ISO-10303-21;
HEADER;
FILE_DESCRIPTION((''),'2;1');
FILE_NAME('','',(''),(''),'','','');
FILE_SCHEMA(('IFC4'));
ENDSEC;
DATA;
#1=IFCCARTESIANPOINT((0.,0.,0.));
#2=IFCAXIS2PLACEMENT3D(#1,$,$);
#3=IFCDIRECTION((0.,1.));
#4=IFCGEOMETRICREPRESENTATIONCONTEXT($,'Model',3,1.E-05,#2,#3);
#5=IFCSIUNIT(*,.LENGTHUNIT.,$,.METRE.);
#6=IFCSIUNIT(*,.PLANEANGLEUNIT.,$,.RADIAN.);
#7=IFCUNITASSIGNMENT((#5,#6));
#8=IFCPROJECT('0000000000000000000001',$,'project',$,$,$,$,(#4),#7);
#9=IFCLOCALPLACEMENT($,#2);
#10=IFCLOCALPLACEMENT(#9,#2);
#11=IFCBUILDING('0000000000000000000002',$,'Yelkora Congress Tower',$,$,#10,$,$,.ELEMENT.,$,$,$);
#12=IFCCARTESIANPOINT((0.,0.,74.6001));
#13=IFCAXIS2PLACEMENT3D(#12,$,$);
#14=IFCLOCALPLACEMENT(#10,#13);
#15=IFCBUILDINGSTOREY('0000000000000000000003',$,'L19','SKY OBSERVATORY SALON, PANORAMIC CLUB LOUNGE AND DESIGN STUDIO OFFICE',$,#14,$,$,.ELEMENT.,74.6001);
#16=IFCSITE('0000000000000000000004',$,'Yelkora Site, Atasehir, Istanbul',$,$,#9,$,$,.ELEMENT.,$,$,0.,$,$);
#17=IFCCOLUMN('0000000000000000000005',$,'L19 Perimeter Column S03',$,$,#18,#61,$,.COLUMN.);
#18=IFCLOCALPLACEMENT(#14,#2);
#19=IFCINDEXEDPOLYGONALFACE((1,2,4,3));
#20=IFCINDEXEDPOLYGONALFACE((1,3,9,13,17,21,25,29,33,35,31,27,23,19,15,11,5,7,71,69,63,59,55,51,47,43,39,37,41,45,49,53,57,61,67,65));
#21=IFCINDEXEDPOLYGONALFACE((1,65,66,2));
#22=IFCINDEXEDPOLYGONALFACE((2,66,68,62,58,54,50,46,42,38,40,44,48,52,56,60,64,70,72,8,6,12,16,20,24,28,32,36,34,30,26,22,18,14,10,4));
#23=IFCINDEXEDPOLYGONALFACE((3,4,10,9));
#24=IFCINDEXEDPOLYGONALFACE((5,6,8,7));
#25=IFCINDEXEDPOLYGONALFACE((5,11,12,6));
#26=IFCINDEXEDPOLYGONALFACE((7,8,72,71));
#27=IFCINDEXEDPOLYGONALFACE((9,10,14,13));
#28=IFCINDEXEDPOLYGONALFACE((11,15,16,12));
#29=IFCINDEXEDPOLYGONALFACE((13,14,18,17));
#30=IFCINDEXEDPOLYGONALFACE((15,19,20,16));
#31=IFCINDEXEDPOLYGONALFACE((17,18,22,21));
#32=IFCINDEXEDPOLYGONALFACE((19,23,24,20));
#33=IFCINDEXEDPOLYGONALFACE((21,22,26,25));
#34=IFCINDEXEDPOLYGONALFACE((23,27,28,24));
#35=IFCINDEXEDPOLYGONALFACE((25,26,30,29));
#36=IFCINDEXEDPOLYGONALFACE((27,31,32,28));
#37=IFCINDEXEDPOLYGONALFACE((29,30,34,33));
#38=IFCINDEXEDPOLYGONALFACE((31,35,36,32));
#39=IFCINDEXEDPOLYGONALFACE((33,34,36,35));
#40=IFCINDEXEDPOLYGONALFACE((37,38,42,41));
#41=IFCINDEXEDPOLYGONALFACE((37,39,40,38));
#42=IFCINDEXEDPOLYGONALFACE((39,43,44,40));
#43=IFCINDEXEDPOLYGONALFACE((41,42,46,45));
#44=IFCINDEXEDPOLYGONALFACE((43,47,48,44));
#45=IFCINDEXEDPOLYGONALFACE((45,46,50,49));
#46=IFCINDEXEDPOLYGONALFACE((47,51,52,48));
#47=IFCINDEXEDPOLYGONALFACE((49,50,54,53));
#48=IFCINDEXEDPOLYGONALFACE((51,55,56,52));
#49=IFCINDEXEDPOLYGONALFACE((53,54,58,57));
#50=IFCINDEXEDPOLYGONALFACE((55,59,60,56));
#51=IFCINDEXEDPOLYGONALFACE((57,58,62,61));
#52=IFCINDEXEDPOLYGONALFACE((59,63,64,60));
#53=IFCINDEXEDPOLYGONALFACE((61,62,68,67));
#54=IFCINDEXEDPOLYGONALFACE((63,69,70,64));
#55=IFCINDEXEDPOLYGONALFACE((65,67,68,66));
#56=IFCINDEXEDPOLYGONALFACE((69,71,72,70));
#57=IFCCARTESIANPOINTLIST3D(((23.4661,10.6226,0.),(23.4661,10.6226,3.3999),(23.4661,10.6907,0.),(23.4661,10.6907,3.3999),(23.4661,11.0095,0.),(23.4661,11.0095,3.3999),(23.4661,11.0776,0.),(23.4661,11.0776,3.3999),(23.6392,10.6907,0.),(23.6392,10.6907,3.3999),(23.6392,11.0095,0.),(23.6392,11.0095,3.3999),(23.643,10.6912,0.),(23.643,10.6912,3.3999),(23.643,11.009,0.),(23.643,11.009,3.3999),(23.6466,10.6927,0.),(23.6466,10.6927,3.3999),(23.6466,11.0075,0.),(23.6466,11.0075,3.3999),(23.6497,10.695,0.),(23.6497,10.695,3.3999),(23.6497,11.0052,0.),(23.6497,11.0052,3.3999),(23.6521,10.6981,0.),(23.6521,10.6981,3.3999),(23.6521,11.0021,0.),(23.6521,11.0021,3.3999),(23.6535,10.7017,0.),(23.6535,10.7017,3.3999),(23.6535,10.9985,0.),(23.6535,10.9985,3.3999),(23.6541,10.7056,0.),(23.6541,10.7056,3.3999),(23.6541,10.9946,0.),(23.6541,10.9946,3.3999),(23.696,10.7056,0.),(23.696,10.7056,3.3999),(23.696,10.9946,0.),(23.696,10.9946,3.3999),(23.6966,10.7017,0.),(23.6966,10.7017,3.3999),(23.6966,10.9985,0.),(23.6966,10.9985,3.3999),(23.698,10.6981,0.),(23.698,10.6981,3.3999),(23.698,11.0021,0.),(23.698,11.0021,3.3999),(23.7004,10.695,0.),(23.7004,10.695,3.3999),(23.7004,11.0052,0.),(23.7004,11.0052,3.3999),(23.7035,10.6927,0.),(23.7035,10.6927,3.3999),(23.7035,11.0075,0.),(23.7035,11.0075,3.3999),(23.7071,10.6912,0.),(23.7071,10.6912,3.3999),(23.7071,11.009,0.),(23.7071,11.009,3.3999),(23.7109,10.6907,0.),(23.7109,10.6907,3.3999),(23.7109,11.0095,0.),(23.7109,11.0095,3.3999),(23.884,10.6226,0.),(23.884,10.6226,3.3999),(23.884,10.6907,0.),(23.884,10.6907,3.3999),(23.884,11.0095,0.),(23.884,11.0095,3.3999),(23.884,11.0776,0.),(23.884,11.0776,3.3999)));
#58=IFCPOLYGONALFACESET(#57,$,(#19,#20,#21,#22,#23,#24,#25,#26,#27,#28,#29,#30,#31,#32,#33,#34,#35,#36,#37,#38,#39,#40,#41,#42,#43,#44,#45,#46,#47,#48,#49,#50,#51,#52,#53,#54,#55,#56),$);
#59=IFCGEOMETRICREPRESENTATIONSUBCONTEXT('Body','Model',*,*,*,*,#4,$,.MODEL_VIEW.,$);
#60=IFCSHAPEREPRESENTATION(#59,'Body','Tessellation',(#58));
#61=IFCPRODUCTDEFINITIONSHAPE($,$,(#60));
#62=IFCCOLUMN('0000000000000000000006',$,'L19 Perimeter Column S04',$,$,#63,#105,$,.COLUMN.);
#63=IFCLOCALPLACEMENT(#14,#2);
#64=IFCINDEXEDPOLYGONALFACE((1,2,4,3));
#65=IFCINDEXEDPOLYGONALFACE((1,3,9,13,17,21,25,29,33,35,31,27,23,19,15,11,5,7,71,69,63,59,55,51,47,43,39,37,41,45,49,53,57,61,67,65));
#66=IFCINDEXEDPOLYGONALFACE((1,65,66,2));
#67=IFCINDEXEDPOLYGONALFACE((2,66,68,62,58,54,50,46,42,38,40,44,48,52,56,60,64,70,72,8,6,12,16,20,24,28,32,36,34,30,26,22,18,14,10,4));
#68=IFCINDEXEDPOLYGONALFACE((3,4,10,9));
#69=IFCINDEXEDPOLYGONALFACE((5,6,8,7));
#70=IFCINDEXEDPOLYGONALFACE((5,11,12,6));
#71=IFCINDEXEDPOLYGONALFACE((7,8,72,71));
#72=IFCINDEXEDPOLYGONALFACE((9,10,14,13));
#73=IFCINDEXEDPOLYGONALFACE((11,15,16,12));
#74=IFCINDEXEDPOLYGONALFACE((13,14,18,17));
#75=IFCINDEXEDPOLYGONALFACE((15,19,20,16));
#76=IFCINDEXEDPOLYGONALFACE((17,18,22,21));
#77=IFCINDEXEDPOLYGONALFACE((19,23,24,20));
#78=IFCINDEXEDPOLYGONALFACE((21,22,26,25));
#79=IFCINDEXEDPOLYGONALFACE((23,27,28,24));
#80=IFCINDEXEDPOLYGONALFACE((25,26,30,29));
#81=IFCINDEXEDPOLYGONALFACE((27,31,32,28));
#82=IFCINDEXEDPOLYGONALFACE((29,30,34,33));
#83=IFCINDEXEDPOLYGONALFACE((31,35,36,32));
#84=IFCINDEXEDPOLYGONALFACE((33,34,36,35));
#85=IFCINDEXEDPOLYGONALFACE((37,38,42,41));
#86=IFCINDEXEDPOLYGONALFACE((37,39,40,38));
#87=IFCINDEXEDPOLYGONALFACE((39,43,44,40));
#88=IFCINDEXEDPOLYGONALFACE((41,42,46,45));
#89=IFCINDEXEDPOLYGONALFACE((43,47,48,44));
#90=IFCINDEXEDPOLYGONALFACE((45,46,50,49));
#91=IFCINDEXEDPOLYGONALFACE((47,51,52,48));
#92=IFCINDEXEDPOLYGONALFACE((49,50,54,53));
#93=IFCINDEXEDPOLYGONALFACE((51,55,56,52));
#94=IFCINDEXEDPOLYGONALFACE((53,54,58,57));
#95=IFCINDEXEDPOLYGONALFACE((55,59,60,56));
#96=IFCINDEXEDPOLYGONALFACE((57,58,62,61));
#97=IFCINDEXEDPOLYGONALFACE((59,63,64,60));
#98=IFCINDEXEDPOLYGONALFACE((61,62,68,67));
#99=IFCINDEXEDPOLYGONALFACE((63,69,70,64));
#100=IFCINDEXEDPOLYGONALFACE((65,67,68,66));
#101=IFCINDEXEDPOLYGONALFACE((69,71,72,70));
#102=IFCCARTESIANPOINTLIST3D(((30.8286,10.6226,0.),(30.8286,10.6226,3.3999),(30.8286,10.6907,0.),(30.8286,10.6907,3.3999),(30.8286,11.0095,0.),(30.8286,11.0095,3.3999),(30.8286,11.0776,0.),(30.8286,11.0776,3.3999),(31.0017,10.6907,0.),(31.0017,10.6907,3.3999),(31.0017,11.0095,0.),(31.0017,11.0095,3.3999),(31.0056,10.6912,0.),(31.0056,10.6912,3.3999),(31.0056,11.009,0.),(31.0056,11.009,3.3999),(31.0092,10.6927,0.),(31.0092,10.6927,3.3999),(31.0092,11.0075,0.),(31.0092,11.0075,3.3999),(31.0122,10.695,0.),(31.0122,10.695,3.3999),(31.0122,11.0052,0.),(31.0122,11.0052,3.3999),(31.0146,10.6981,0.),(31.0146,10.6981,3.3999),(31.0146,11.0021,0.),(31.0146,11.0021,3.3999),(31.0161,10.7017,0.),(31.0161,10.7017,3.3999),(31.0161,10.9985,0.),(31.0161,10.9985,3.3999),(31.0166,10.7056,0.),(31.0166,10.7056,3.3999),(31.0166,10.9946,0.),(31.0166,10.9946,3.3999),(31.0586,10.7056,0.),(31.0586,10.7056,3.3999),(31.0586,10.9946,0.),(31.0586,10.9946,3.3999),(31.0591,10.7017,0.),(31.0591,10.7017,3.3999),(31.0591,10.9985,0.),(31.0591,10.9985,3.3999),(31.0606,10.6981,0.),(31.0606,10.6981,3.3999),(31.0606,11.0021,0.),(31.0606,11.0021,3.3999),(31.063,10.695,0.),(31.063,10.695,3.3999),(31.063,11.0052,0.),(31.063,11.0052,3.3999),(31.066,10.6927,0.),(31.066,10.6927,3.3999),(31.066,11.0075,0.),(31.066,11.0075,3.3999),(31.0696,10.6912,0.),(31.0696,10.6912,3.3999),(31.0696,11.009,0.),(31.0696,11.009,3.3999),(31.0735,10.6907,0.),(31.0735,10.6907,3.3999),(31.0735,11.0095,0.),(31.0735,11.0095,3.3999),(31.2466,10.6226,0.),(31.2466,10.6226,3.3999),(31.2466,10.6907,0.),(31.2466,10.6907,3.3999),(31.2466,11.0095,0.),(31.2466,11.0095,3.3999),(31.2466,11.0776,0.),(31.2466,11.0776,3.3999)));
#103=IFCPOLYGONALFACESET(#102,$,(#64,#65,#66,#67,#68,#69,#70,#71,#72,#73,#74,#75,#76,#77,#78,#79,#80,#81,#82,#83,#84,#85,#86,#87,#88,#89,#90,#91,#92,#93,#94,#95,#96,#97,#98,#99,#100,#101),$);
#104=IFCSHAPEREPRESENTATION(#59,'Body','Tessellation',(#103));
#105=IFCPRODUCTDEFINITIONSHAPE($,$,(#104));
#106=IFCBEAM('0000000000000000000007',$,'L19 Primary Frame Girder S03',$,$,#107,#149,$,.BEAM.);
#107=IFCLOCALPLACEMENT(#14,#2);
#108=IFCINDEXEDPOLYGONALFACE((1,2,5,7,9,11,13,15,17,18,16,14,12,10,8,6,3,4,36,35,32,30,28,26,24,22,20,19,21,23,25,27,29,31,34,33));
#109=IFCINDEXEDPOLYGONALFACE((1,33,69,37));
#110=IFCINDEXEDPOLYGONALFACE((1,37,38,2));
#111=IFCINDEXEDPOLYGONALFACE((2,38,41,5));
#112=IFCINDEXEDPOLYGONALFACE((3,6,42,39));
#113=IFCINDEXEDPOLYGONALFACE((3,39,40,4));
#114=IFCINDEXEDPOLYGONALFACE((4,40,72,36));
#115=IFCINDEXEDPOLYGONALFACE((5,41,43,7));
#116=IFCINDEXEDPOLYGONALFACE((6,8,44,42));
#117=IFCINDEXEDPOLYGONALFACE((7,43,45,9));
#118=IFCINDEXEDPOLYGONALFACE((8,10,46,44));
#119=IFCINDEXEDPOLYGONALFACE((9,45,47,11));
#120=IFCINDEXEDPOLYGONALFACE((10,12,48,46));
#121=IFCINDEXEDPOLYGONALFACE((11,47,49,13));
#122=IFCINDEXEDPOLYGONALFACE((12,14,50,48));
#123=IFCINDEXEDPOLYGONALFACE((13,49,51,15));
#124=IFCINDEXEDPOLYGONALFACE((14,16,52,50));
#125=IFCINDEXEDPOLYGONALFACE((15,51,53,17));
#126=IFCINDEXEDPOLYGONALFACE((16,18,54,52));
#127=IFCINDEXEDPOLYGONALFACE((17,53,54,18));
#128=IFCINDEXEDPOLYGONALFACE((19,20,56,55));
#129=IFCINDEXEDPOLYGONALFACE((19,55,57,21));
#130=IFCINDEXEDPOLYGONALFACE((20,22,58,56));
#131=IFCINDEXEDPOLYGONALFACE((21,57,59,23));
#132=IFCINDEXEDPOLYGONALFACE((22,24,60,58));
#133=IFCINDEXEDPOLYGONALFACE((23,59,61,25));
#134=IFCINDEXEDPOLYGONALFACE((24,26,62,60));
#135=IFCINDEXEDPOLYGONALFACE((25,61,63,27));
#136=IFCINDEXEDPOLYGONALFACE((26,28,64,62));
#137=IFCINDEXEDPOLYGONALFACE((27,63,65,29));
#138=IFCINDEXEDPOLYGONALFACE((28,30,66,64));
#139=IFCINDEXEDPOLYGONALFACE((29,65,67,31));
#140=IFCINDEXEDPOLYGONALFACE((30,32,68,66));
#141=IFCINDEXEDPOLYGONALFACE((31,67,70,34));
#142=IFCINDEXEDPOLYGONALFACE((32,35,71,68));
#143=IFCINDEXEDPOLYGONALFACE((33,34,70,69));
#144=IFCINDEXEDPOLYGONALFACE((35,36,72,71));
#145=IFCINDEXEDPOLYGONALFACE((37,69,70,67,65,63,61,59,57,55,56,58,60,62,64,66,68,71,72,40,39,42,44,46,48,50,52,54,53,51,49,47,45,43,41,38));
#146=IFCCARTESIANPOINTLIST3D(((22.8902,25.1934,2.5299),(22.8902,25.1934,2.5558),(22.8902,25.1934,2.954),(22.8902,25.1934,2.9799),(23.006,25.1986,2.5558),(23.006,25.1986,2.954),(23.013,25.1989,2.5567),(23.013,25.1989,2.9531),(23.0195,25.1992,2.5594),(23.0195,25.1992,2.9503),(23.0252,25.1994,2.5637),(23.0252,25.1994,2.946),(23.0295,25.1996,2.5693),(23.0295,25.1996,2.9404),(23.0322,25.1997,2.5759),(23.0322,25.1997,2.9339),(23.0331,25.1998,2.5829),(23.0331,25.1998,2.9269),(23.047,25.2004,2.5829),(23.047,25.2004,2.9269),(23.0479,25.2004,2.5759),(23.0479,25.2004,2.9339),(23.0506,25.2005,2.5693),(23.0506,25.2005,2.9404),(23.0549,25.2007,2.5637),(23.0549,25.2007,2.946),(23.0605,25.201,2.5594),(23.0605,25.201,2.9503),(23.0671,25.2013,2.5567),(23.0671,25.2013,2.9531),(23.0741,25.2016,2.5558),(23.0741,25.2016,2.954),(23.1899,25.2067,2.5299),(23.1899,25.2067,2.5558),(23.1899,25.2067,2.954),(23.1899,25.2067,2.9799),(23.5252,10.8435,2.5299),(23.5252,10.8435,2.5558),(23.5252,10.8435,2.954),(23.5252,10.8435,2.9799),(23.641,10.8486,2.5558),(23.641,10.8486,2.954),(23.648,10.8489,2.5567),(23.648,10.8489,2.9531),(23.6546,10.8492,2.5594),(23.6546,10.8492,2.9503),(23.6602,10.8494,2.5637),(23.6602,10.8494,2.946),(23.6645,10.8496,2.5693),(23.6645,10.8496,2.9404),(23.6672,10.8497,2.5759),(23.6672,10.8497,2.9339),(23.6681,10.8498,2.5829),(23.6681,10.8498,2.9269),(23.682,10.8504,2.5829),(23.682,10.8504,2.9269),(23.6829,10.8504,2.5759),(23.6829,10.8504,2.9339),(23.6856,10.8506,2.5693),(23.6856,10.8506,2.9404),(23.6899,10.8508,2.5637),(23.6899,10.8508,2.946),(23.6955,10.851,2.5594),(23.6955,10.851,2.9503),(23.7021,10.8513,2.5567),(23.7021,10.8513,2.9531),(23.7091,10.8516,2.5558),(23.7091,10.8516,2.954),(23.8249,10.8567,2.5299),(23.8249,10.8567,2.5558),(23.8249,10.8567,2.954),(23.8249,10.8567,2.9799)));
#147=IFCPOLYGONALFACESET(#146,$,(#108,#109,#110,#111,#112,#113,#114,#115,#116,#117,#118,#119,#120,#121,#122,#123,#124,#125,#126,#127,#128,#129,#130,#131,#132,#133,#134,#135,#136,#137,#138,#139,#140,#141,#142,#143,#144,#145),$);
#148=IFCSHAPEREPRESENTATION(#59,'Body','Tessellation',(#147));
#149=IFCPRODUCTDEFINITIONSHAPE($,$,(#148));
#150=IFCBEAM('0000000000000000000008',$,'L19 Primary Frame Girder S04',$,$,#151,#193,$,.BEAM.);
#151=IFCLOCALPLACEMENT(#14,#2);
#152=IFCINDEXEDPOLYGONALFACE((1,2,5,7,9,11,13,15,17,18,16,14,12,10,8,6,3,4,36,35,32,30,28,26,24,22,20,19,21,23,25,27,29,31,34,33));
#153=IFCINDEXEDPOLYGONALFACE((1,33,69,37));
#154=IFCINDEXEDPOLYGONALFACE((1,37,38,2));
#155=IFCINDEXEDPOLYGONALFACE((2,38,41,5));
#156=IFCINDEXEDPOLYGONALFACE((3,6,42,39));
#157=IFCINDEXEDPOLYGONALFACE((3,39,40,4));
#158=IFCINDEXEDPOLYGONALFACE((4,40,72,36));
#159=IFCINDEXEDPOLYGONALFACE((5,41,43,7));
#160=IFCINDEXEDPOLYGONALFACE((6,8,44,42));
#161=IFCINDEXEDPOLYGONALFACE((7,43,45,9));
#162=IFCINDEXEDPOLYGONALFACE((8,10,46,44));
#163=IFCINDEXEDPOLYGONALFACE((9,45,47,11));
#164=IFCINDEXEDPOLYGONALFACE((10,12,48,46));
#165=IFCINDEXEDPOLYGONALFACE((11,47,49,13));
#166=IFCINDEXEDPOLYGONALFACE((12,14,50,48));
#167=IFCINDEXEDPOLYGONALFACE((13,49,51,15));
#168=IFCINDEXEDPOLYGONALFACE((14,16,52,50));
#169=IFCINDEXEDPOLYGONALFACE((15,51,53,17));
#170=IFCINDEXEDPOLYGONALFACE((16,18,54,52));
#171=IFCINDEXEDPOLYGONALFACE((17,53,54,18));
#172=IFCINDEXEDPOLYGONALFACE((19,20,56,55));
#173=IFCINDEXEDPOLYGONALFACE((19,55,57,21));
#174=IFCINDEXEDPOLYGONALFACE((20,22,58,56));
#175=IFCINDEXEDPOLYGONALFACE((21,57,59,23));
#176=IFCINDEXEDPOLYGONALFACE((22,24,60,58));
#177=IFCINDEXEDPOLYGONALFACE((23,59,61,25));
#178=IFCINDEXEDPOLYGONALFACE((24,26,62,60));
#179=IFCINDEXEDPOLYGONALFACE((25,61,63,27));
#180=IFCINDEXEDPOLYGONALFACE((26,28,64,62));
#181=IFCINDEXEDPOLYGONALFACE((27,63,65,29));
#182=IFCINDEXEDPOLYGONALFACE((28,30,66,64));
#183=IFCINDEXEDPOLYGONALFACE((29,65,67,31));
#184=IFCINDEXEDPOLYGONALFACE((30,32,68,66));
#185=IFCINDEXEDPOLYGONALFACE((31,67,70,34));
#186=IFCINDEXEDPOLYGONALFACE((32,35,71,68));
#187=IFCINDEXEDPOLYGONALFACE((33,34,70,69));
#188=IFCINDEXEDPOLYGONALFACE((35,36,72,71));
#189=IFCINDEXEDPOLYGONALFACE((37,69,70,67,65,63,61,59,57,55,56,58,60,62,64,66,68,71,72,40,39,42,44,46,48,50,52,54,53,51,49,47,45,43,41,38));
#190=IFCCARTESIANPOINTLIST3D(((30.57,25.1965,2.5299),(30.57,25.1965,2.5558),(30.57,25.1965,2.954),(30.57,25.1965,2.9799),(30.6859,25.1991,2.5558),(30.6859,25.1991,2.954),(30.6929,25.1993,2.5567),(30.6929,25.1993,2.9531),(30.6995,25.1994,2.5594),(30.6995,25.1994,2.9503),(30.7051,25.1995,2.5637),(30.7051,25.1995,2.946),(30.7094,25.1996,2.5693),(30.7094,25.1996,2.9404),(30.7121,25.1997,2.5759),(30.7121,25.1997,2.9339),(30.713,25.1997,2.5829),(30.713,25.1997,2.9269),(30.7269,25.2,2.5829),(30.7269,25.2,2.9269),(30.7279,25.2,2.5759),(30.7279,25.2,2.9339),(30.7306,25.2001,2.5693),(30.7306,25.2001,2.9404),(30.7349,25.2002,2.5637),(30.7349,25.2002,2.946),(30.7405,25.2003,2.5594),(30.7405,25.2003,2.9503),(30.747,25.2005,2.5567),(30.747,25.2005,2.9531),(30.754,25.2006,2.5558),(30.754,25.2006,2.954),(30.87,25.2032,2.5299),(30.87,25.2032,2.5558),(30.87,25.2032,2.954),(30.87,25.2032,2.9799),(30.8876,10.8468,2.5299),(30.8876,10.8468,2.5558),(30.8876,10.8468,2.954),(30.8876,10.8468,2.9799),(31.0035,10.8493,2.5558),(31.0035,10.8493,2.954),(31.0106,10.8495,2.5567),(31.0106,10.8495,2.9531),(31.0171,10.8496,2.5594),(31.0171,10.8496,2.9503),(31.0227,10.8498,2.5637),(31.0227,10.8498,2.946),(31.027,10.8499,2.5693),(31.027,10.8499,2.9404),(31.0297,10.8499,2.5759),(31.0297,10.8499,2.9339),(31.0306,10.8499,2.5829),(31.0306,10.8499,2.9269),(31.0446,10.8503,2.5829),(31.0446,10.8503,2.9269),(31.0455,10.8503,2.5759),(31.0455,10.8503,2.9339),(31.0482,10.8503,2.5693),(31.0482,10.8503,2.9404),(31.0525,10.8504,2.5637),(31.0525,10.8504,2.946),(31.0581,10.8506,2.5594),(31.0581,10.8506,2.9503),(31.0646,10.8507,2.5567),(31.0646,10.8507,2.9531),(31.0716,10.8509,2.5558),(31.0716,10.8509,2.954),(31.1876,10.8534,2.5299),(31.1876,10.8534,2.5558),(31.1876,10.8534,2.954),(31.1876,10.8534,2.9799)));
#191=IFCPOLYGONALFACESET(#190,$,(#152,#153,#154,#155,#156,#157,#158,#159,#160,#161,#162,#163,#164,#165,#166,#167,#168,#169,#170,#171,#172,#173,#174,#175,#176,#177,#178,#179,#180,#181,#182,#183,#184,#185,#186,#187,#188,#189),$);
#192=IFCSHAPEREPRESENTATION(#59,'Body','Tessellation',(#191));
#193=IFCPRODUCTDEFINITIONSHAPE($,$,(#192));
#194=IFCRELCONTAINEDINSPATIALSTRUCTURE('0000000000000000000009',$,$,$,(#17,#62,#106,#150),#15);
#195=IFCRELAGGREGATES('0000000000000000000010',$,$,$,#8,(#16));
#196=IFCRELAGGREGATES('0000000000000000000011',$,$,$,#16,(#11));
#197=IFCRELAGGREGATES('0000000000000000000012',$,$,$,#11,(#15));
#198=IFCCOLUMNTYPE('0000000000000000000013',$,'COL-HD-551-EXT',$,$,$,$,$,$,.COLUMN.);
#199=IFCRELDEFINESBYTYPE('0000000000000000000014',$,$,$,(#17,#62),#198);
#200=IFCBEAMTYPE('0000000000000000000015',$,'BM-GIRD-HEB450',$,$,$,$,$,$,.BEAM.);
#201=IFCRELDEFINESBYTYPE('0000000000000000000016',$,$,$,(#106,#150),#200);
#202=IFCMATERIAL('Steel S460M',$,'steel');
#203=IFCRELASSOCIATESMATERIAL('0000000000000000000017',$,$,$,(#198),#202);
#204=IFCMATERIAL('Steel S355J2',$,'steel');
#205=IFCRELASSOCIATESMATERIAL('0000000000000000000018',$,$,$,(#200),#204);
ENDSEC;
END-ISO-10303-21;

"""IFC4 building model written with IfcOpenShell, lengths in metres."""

from ifc_helpers import new_model, si_unit, direction, frame, origin, origin_2d, place, context, subcontext, project, spatial, i_section, extrude, material, material_profile, profile_set, type_object, element, save


model = new_model("IFC4")

# Units and contexts
model_context = context("Model", 3, precision=1e-05, world=origin(), true_north=direction((0.0, 1.0)))
body_context = subcontext(model_context, "Body", "Model", "MODEL_VIEW")
ifc_project = project(units=[si_unit("LENGTHUNIT", "METRE"), si_unit("PLANEANGLEUNIT", "RADIAN")], contexts=[model_context])

# Site, building, storey
site_placement = place(None, origin())
site = spatial("IfcSite", under=ifc_project, at=site_placement, Name="Yelkora Site, Atasehir, Istanbul", CompositionType="ELEMENT", RefElevation=0.0)
building_placement = place(site_placement, origin())
building = spatial("IfcBuilding", under=site, at=building_placement, Name="Yelkora Congress Tower", CompositionType="ELEMENT")
storey_placement = place(building_placement, frame((0.0, 0.0, 74.6001)))
storey = spatial("IfcBuildingStorey", under=building, at=storey_placement, Name="L19", Description="SKY OBSERVATORY SALON, PANORAMIC CLUB LOUNGE AND DESIGN STUDIO OFFICE", CompositionType="ELEMENT", Elevation=74.6001)

# Columns
ifc_material_1 = material(Name="Steel S460M", Category="steel")
ifc_material_profile_1 = material_profile(ifc_material_1, i_section(OverallWidth=0.418, OverallDepth=0.4551, WebThickness=0.042, FlangeThickness=0.0681, FilletRadius=0.0149, at=origin_2d()), Name="HD 400x551")
ifc_profile_set_1 = profile_set([ifc_material_profile_1], Name="Steel S460M")
column_type = type_object("IfcColumnType", Name="COL-HD-551-EXT", PredefinedType="COLUMN", material=ifc_profile_set_1)
for number, where, z_axis, x_axis, name in (
    (1, (23.675, 10.8501, 0.0), (0.0, 0.0, 1.0), (1.0, 0.0, 0.0), "L19 Perimeter Column S03"),
    (2, (31.0376, 10.8501, 0.0), (0.0, 0.0, 1.0), (1.0, 0.0, 0.0), "L19 Perimeter Column S04"),
):
    element("IfcColumn", number, at=place(storey_placement, frame(where, z_axis=z_axis, x_axis=x_axis)), inside=storey, type_object=column_type, Name=name, PredefinedType="COLUMN", context=body_context, shape_type="SweptSolid", body=[
        extrude(i_section(OverallWidth=0.418, OverallDepth=0.4551, WebThickness=0.042, FlangeThickness=0.0681, FilletRadius=0.0149, at=origin_2d()), origin(), (0.0, 0.0, 1.0), 3.3999),
    ])

# Beams
ifc_material_2 = material(Name="Steel S355J2", Category="steel")
ifc_material_profile_2 = material_profile(ifc_material_2, i_section(OverallWidth=0.3, OverallDepth=0.45, WebThickness=0.0139, FlangeThickness=0.0259, FilletRadius=0.0271, at=origin_2d()), Name="HEB 450")
ifc_profile_set_2 = profile_set([ifc_material_profile_2], Name="Steel S355J2")
beam_type_1 = type_object("IfcBeamType", Name="BM-GIRD-HEB450", PredefinedType="BEAM", material=ifc_profile_set_2)
beam_1_placement = place(storey_placement, frame((23.675, 10.8501, 2.7549), z_axis=(-0.044209, 0.999022, 0.0), x_axis=(-0.999022, -0.044209, 0.0)))
element("IfcBeam", 3, at=beam_1_placement, inside=storey, type_object=beam_type_1, Name="L19 Primary Frame Girder S03", PredefinedType="BEAM", context=body_context, shape_type="SweptSolid", body=[
    extrude(i_section(OverallWidth=0.3, OverallDepth=0.45, WebThickness=0.0139, FlangeThickness=0.0259, FilletRadius=0.0271, at=origin_2d()), origin(), (0.0, 0.0, 1.0), 14.364),
])
beam_2_placement = place(storey_placement, frame((31.0376, 10.8501, 2.7549), z_axis=(-0.022129, 0.999755, 0.0), x_axis=(-0.999755, -0.022129, 0.0)))
element("IfcBeam", 4, at=beam_2_placement, inside=storey, type_object=beam_type_1, Name="L19 Primary Frame Girder S04", PredefinedType="BEAM", context=body_context, shape_type="SweptSolid", body=[
    extrude(i_section(OverallWidth=0.3, OverallDepth=0.45, WebThickness=0.0139, FlangeThickness=0.0259, FilletRadius=0.0271, at=origin_2d()), origin(), (0.0, 0.0, 1.0), 14.3533),
])

save(model, "model.ifc")
